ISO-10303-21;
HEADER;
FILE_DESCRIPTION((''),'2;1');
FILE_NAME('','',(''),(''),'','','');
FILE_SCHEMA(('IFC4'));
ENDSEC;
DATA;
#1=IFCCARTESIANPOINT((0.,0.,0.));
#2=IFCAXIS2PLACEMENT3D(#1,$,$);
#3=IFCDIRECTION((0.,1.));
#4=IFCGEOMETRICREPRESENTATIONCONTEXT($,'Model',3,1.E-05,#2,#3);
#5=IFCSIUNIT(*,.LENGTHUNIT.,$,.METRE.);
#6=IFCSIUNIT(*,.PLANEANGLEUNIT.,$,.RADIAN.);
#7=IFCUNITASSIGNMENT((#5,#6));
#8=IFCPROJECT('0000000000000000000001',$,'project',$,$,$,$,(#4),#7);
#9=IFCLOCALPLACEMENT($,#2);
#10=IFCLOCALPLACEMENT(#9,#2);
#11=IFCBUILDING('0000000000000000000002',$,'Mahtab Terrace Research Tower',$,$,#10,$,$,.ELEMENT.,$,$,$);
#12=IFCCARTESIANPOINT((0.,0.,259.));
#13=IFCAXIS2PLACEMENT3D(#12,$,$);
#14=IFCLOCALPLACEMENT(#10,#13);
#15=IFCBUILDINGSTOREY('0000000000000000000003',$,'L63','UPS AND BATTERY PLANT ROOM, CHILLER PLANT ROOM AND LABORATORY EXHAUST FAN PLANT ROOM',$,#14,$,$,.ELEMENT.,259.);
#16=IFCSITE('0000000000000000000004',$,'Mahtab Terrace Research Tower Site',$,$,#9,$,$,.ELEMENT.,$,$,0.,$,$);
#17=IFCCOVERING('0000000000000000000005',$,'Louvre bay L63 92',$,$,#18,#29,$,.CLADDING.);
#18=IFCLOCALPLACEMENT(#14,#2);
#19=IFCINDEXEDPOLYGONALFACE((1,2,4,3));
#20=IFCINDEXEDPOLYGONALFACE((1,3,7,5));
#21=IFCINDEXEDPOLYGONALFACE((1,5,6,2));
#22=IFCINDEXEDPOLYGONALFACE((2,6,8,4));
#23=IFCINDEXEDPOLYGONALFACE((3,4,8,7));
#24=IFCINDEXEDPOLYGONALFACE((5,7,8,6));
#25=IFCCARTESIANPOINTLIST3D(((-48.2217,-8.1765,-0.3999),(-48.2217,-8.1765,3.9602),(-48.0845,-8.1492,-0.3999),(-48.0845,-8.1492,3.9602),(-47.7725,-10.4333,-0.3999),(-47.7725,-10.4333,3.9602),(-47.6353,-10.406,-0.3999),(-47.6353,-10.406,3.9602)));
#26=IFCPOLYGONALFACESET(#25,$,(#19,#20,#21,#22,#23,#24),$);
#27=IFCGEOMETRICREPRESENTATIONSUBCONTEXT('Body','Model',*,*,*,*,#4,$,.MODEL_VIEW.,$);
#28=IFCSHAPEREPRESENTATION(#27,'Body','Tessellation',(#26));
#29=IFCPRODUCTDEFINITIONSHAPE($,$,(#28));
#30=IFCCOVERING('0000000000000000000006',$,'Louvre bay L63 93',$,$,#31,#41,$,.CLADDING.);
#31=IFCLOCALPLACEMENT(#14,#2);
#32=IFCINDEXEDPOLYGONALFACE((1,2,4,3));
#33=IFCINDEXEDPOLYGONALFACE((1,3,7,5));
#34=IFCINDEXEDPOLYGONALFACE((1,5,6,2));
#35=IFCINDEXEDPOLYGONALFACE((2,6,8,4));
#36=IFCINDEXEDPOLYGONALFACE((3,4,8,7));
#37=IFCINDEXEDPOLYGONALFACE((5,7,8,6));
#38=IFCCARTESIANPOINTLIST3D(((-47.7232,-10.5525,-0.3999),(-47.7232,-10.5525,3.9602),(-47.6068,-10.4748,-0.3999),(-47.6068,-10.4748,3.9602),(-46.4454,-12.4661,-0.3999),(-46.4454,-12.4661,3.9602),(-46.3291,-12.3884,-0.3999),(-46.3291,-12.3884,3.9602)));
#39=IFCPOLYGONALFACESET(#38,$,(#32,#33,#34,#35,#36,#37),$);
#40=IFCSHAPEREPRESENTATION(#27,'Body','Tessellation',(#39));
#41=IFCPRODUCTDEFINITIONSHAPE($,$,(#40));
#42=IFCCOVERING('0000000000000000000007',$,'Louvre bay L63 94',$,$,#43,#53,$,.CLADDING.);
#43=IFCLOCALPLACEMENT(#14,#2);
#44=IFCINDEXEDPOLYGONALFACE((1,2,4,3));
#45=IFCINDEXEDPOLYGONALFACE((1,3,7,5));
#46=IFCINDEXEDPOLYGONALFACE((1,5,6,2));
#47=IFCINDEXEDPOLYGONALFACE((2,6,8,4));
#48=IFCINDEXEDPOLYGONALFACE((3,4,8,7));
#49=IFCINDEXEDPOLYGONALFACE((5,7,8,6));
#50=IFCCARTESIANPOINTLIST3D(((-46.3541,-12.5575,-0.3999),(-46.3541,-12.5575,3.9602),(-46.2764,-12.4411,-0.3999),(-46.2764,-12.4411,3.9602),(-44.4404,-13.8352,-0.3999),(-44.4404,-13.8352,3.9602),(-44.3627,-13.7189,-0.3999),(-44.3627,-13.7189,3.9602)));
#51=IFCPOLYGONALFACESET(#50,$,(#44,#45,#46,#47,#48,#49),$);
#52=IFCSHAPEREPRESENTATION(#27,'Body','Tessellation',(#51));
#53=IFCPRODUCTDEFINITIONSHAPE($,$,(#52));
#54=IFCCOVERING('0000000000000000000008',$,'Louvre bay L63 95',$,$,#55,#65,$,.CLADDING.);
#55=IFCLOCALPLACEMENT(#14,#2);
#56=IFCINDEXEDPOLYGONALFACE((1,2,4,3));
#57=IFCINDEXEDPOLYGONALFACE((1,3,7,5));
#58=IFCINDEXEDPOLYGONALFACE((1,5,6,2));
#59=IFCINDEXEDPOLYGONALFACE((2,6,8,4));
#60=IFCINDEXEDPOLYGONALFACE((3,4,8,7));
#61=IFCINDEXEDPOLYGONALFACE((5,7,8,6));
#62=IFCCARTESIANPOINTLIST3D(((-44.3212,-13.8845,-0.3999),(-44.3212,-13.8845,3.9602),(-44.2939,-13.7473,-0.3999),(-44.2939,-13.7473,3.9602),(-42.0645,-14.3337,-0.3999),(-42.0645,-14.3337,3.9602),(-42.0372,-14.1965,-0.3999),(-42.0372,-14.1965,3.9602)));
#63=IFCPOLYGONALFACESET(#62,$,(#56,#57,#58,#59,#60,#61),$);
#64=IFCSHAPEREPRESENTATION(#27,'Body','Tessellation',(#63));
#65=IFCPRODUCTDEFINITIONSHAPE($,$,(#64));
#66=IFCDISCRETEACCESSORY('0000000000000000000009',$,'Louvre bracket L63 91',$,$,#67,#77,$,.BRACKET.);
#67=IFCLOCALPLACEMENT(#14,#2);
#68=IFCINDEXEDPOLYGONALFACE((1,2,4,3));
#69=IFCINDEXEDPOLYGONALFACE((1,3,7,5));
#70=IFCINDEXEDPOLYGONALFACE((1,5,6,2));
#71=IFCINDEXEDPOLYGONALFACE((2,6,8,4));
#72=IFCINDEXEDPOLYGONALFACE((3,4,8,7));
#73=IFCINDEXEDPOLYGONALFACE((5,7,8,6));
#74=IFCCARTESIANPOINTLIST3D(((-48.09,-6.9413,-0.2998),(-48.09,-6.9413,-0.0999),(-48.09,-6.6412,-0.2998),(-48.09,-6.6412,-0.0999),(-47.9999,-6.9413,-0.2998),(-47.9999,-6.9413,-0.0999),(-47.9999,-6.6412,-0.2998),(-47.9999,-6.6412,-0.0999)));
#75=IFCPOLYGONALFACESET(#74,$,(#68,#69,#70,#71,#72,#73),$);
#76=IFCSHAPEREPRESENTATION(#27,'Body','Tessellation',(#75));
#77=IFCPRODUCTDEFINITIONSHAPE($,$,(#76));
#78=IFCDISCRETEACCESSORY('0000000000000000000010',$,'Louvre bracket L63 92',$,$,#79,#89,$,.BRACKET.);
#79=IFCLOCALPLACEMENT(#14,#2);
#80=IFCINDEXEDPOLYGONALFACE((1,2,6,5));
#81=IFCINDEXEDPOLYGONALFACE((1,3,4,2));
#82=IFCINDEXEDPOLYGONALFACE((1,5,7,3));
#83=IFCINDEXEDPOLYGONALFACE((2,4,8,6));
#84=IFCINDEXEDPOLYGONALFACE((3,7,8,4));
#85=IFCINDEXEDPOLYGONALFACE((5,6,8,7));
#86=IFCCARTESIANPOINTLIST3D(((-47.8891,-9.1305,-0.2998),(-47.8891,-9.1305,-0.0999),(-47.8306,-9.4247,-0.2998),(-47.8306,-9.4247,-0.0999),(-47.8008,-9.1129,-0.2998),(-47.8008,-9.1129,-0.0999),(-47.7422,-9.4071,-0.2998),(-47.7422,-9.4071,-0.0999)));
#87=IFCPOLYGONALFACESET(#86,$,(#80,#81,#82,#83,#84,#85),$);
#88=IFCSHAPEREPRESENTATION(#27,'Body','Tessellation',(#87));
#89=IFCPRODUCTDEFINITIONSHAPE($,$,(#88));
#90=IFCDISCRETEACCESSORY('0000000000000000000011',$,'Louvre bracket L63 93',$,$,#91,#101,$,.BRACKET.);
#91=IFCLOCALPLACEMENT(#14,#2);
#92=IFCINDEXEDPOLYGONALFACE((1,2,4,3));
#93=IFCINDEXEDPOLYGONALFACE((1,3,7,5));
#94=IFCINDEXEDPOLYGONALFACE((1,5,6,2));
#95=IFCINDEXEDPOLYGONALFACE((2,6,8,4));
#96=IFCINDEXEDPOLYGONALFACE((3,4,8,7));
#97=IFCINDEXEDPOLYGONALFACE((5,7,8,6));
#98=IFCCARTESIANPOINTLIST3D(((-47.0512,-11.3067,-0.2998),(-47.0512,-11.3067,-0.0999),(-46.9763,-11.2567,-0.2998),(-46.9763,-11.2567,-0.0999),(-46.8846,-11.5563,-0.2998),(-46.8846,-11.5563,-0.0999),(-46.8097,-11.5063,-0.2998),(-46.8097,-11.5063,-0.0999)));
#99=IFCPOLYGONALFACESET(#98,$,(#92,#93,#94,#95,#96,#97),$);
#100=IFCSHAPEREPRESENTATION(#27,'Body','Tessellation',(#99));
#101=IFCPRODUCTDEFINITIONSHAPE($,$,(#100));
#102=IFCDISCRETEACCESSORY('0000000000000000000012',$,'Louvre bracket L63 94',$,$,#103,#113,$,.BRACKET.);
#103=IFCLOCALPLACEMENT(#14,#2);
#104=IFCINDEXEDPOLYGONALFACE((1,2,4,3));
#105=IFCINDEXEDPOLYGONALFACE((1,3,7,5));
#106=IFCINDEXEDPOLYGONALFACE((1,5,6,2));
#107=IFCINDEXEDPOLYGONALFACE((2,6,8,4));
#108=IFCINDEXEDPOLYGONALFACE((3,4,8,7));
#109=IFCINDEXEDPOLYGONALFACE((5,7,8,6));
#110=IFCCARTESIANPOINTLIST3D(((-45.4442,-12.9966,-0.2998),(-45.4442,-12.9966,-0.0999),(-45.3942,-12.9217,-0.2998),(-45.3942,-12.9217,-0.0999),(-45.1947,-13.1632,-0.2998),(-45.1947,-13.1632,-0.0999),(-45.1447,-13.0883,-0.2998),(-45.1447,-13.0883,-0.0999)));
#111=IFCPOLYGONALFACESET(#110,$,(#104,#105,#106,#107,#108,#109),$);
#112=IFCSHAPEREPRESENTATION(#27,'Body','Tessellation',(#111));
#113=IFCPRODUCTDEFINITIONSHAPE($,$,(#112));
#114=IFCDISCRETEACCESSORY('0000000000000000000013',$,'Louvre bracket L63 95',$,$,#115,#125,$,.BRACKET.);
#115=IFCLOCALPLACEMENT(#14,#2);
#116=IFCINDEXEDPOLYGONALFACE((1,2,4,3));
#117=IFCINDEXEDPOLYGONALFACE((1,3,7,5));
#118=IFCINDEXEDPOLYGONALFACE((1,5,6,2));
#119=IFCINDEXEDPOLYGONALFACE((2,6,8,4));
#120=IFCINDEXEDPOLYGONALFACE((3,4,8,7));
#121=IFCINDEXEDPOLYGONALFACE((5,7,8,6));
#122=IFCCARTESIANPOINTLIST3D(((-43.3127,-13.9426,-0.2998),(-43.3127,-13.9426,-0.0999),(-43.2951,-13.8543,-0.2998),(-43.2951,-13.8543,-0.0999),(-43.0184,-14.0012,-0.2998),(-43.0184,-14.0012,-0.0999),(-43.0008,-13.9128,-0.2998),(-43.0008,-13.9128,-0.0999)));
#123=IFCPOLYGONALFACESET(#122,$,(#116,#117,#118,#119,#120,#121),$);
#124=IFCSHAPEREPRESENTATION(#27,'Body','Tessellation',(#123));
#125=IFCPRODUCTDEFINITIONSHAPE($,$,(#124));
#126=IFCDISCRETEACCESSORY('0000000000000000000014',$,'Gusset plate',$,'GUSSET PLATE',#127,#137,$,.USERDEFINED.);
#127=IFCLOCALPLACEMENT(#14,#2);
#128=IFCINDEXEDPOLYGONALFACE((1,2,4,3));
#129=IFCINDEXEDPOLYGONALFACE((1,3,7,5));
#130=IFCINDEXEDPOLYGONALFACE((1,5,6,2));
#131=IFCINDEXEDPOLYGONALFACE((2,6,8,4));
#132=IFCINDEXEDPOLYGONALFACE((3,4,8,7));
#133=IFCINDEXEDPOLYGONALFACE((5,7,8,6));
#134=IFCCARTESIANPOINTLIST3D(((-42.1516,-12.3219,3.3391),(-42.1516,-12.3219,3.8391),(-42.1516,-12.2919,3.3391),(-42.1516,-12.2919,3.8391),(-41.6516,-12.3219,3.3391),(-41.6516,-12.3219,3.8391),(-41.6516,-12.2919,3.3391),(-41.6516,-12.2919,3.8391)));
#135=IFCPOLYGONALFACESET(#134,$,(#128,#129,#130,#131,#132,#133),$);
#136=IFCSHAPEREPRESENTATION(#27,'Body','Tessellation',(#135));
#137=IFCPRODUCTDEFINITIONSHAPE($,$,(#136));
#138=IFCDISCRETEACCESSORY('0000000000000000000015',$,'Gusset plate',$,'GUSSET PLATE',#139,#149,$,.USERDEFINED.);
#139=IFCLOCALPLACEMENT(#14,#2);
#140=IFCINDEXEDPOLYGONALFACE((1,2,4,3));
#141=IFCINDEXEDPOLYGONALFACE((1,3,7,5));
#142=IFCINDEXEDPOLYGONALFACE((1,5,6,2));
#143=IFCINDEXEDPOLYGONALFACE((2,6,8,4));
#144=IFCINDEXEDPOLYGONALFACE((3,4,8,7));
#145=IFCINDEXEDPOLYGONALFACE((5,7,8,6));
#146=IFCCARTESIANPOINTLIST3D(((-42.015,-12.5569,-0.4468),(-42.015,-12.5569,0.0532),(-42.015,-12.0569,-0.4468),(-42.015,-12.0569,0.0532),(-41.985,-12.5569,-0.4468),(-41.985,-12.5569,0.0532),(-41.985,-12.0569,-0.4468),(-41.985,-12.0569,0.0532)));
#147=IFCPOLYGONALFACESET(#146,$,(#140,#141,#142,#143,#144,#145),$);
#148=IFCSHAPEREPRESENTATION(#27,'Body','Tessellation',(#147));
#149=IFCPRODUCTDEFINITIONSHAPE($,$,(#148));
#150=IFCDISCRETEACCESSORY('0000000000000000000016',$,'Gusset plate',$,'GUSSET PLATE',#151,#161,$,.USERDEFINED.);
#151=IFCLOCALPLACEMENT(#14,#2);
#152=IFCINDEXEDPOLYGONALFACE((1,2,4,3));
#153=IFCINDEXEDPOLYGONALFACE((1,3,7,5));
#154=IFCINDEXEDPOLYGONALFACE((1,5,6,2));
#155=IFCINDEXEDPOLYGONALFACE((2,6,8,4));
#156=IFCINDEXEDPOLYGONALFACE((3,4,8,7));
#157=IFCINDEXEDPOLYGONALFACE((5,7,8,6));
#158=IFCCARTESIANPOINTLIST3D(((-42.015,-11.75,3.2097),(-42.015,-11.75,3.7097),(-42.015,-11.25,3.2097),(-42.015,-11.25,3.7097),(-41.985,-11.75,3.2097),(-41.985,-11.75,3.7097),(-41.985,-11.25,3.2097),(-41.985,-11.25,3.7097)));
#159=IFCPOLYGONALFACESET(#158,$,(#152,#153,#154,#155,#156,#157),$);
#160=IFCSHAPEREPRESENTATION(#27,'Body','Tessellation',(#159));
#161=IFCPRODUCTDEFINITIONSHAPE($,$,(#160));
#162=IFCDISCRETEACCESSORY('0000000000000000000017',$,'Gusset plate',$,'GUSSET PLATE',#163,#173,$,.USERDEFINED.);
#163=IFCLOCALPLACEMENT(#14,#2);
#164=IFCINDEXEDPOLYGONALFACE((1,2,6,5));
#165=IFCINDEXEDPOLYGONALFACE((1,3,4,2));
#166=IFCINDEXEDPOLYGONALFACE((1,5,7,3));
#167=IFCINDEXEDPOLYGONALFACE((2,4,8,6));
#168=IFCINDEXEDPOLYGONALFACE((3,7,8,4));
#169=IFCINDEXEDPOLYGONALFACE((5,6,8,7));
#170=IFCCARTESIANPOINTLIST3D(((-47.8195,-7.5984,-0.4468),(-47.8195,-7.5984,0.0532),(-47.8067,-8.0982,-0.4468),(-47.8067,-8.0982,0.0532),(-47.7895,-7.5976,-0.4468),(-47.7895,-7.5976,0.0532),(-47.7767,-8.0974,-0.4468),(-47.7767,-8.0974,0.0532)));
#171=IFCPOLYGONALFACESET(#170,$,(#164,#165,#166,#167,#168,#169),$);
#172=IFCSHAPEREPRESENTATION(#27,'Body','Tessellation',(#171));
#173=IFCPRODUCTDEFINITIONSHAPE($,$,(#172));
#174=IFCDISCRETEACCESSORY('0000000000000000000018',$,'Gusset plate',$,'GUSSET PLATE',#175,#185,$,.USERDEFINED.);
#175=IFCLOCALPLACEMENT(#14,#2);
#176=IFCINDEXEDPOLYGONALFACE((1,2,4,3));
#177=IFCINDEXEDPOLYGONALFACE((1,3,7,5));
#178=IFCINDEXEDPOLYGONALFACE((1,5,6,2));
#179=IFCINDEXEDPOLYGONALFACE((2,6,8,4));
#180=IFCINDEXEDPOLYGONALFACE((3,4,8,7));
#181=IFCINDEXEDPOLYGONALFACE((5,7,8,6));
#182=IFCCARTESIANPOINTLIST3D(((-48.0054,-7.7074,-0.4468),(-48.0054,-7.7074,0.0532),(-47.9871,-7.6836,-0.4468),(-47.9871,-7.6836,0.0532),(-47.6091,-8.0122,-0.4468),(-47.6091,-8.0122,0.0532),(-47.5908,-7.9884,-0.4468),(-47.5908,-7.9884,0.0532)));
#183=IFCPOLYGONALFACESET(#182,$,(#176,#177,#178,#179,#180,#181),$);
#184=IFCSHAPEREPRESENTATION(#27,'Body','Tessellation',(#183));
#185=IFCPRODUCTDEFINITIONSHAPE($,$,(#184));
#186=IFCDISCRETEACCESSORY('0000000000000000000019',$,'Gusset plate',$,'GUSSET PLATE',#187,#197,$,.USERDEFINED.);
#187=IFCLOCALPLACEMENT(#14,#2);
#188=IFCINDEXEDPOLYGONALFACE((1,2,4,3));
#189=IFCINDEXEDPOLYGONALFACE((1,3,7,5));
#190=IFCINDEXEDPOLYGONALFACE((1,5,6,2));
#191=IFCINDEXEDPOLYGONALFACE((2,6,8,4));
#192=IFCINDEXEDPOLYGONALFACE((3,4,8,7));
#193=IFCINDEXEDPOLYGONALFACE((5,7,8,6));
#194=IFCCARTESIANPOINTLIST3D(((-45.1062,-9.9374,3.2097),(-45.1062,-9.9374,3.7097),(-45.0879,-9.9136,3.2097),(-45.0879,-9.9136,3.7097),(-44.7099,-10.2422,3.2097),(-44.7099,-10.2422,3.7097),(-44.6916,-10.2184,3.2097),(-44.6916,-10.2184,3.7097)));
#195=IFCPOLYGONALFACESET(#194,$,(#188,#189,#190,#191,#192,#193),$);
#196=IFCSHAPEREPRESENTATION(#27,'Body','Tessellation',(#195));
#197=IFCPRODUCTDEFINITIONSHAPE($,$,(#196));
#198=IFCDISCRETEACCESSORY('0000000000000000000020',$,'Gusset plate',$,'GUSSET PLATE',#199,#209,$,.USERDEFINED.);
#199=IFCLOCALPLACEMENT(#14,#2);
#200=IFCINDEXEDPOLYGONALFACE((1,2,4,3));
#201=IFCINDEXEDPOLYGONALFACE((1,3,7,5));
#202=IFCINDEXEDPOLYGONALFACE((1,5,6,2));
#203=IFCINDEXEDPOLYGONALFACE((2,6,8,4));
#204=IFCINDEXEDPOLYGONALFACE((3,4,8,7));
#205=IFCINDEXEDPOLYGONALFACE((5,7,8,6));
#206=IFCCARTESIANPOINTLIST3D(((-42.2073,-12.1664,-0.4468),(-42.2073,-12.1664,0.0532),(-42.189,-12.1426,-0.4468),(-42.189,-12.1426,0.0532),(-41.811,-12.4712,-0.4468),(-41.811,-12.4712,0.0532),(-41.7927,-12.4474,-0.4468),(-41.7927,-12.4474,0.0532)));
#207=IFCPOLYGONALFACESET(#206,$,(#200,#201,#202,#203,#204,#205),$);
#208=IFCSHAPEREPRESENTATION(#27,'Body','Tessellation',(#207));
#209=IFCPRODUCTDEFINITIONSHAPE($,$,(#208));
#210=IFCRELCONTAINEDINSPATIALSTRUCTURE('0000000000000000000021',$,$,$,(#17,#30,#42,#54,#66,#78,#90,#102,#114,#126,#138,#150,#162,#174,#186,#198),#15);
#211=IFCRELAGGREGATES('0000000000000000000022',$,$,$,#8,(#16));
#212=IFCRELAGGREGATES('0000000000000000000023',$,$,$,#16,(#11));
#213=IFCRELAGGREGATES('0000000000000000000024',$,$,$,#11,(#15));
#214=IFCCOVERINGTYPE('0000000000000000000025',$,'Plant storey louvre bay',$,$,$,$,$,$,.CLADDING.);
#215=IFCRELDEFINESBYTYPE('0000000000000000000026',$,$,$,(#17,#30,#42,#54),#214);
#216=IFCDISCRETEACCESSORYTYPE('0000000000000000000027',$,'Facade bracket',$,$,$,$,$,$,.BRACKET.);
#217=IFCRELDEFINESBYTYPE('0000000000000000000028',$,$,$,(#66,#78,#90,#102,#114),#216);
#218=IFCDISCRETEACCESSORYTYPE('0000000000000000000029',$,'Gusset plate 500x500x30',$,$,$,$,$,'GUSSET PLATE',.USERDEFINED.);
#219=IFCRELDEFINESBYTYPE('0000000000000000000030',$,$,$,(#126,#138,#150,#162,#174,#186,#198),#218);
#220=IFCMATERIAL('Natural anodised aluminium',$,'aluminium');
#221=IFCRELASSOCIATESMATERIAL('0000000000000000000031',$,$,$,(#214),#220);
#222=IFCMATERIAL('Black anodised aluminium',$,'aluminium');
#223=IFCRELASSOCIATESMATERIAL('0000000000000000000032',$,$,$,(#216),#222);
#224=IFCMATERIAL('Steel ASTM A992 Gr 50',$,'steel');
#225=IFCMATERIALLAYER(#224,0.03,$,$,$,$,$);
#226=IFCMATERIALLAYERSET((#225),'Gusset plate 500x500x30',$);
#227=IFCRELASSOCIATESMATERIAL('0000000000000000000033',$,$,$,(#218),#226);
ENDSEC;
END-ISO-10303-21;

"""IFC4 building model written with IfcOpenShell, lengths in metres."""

from ifc_helpers import new_model, si_unit, direction, frame, origin, origin_2d, place, context, subcontext, project, spatial, rectangle, extrude, material, layer, layer_set, type_object, element, save


model = new_model("IFC4")

# Units and contexts
model_context = context("Model", 3, precision=1e-05, world=origin(), true_north=direction((0.0, 1.0)))
body_context = subcontext(model_context, "Body", "Model", "MODEL_VIEW")
ifc_project = project(units=[si_unit("LENGTHUNIT", "METRE"), si_unit("PLANEANGLEUNIT", "RADIAN")], contexts=[model_context])

# Site, building, storey
site_placement = place(None, origin())
site = spatial("IfcSite", under=ifc_project, at=site_placement, Name="Mahtab Terrace Research Tower Site", CompositionType="ELEMENT", RefElevation=0.0)
building_placement = place(site_placement, origin())
building = spatial("IfcBuilding", under=site, at=building_placement, Name="Mahtab Terrace Research Tower", CompositionType="ELEMENT")
storey_placement = place(building_placement, frame((0.0, 0.0, 259.0)))
storey = spatial("IfcBuildingStorey", under=building, at=storey_placement, Name="L63", Description="UPS AND BATTERY PLANT ROOM, CHILLER PLANT ROOM AND LABORATORY EXHAUST FAN PLANT ROOM", CompositionType="ELEMENT", Elevation=259.0)

# Shared definitions
ifc_material_1 = material(Name="Steel ASTM A992 Gr 50", Category="steel")

# Coverings
ifc_material_2 = material(Name="Natural anodised aluminium", Category="aluminium")
covering_type = type_object("IfcCoveringType", Name="Plant storey louvre bay", PredefinedType="CLADDING", material=ifc_material_2)
for number, where, z_axis, x_axis, name in (
    (1, (-47.9285, -9.2913, -0.3999), (0.0, 0.0, 1.0), (0.195212, -0.980761, 0.0), "Louvre bay L63 92"),
    (2, (-47.0261, -11.4705, -0.3999), (0.0, 0.0, 1.0), (0.555291, -0.831656, 0.0), "Louvre bay L63 93"),
    (3, (-45.3584, -13.1382, -0.3999), (0.0, 0.0, 1.0), (0.831656, -0.555291, 0.0), "Louvre bay L63 94"),
    (4, (-43.1792, -14.0405, -0.3999), (0.0, 0.0, 1.0), (0.980761, -0.195212, 0.0), "Louvre bay L63 95"),
):
    element("IfcCovering", number, at=place(storey_placement, frame(where, z_axis=z_axis, x_axis=x_axis)), inside=storey, type_object=covering_type, Name=name, PredefinedType="CLADDING", context=body_context, shape_type="SweptSolid", body=[
        extrude(rectangle(XDim=2.301, YDim=0.1399, at=origin_2d()), origin(), (0.0, 0.0, 1.0), 4.3601),
    ])

# Discrete accessories
ifc_material_3 = material(Name="Black anodised aluminium", Category="aluminium")
discrete_accessory_type_1 = type_object("IfcDiscreteAccessoryType", Name="Facade bracket", PredefinedType="BRACKET", material=ifc_material_3)
for number, where, z_axis, x_axis, name in (
    (5, (-48.0449, -6.7913, -0.2998), (0.0, 0.0, 1.0), (0.0, -1.0, 0.0), "Louvre bracket L63 91"),
    (6, (-47.8157, -9.2688, -0.2998), (0.0, 0.0, 1.0), (0.195212, -0.980761, 0.0), "Louvre bracket L63 92"),
    (7, (-46.9304, -11.4065, -0.2998), (0.0, 0.0, 1.0), (0.555291, -0.831656, 0.0), "Louvre bracket L63 93"),
    (8, (-45.2944, -13.0425, -0.2998), (0.0, 0.0, 1.0), (0.831656, -0.555291, 0.0), "Louvre bracket L63 94"),
    (9, (-43.1567, -13.9277, -0.2998), (0.0, 0.0, 1.0), (0.980761, -0.195212, 0.0), "Louvre bracket L63 95"),
):
    element("IfcDiscreteAccessory", number, at=place(storey_placement, frame(where, z_axis=z_axis, x_axis=x_axis)), inside=storey, type_object=discrete_accessory_type_1, Name=name, PredefinedType="BRACKET", context=body_context, shape_type="SweptSolid", body=[
        extrude(rectangle(XDim=0.3, YDim=0.0901, at=origin_2d()), origin(), (0.0, 0.0, 1.0), 0.2),
    ])
ifc_layer = layer(ifc_material_1, 0.03)
ifc_layer_set = layer_set([ifc_layer], Name="Gusset plate 500x500x30")
discrete_accessory_type_2 = type_object("IfcDiscreteAccessoryType", Name="Gusset plate 500x500x30", ElementType="GUSSET PLATE", PredefinedType="USERDEFINED", material=ifc_layer_set)
for number, where, z_axis, x_axis, name in (
    (10, (-41.9016, -12.3069, 3.3391), (0.0, 0.0, 1.0), (1.0, 0.0, 0.0), "Gusset plate"),
    (11, (-42.0, -12.3069, -0.4468), (0.0, 0.0, 1.0), (0.0, 1.0, 0.0), "Gusset plate"),
    (12, (-42.0, -11.5, 3.2097), (0.0, 0.0, 1.0), (0.0, 1.0, 0.0), "Gusset plate"),
    (13, (-47.7981, -7.8479, -0.4468), (0.0, 0.0, 1.0), (-0.025723, 0.999669, 0.0), "Gusset plate"),
    (14, (-47.7981, -7.8479, -0.4468), (0.0, 0.0, 1.0), (-0.79262, 0.609716, 0.0), "Gusset plate"),
    (15, (-44.8989, -10.0779, 3.2097), (0.0, 0.0, 1.0), (-0.79262, 0.609716, 0.0), "Gusset plate"),
    (16, (-42.0, -12.3069, -0.4468), (0.0, 0.0, 1.0), (-0.792758, 0.609537, 0.0), "Gusset plate"),
):
    element("IfcDiscreteAccessory", number, at=place(storey_placement, frame(where, z_axis=z_axis, x_axis=x_axis)), inside=storey, type_object=discrete_accessory_type_2, Name=name, ObjectType="GUSSET PLATE", PredefinedType="USERDEFINED", context=body_context, shape_type="SweptSolid", body=[
        extrude(rectangle(XDim=0.5, YDim=0.03, at=origin_2d()), origin(), (0.0, 0.0, 1.0), 0.5),
    ])

save(model, "model.ifc")
